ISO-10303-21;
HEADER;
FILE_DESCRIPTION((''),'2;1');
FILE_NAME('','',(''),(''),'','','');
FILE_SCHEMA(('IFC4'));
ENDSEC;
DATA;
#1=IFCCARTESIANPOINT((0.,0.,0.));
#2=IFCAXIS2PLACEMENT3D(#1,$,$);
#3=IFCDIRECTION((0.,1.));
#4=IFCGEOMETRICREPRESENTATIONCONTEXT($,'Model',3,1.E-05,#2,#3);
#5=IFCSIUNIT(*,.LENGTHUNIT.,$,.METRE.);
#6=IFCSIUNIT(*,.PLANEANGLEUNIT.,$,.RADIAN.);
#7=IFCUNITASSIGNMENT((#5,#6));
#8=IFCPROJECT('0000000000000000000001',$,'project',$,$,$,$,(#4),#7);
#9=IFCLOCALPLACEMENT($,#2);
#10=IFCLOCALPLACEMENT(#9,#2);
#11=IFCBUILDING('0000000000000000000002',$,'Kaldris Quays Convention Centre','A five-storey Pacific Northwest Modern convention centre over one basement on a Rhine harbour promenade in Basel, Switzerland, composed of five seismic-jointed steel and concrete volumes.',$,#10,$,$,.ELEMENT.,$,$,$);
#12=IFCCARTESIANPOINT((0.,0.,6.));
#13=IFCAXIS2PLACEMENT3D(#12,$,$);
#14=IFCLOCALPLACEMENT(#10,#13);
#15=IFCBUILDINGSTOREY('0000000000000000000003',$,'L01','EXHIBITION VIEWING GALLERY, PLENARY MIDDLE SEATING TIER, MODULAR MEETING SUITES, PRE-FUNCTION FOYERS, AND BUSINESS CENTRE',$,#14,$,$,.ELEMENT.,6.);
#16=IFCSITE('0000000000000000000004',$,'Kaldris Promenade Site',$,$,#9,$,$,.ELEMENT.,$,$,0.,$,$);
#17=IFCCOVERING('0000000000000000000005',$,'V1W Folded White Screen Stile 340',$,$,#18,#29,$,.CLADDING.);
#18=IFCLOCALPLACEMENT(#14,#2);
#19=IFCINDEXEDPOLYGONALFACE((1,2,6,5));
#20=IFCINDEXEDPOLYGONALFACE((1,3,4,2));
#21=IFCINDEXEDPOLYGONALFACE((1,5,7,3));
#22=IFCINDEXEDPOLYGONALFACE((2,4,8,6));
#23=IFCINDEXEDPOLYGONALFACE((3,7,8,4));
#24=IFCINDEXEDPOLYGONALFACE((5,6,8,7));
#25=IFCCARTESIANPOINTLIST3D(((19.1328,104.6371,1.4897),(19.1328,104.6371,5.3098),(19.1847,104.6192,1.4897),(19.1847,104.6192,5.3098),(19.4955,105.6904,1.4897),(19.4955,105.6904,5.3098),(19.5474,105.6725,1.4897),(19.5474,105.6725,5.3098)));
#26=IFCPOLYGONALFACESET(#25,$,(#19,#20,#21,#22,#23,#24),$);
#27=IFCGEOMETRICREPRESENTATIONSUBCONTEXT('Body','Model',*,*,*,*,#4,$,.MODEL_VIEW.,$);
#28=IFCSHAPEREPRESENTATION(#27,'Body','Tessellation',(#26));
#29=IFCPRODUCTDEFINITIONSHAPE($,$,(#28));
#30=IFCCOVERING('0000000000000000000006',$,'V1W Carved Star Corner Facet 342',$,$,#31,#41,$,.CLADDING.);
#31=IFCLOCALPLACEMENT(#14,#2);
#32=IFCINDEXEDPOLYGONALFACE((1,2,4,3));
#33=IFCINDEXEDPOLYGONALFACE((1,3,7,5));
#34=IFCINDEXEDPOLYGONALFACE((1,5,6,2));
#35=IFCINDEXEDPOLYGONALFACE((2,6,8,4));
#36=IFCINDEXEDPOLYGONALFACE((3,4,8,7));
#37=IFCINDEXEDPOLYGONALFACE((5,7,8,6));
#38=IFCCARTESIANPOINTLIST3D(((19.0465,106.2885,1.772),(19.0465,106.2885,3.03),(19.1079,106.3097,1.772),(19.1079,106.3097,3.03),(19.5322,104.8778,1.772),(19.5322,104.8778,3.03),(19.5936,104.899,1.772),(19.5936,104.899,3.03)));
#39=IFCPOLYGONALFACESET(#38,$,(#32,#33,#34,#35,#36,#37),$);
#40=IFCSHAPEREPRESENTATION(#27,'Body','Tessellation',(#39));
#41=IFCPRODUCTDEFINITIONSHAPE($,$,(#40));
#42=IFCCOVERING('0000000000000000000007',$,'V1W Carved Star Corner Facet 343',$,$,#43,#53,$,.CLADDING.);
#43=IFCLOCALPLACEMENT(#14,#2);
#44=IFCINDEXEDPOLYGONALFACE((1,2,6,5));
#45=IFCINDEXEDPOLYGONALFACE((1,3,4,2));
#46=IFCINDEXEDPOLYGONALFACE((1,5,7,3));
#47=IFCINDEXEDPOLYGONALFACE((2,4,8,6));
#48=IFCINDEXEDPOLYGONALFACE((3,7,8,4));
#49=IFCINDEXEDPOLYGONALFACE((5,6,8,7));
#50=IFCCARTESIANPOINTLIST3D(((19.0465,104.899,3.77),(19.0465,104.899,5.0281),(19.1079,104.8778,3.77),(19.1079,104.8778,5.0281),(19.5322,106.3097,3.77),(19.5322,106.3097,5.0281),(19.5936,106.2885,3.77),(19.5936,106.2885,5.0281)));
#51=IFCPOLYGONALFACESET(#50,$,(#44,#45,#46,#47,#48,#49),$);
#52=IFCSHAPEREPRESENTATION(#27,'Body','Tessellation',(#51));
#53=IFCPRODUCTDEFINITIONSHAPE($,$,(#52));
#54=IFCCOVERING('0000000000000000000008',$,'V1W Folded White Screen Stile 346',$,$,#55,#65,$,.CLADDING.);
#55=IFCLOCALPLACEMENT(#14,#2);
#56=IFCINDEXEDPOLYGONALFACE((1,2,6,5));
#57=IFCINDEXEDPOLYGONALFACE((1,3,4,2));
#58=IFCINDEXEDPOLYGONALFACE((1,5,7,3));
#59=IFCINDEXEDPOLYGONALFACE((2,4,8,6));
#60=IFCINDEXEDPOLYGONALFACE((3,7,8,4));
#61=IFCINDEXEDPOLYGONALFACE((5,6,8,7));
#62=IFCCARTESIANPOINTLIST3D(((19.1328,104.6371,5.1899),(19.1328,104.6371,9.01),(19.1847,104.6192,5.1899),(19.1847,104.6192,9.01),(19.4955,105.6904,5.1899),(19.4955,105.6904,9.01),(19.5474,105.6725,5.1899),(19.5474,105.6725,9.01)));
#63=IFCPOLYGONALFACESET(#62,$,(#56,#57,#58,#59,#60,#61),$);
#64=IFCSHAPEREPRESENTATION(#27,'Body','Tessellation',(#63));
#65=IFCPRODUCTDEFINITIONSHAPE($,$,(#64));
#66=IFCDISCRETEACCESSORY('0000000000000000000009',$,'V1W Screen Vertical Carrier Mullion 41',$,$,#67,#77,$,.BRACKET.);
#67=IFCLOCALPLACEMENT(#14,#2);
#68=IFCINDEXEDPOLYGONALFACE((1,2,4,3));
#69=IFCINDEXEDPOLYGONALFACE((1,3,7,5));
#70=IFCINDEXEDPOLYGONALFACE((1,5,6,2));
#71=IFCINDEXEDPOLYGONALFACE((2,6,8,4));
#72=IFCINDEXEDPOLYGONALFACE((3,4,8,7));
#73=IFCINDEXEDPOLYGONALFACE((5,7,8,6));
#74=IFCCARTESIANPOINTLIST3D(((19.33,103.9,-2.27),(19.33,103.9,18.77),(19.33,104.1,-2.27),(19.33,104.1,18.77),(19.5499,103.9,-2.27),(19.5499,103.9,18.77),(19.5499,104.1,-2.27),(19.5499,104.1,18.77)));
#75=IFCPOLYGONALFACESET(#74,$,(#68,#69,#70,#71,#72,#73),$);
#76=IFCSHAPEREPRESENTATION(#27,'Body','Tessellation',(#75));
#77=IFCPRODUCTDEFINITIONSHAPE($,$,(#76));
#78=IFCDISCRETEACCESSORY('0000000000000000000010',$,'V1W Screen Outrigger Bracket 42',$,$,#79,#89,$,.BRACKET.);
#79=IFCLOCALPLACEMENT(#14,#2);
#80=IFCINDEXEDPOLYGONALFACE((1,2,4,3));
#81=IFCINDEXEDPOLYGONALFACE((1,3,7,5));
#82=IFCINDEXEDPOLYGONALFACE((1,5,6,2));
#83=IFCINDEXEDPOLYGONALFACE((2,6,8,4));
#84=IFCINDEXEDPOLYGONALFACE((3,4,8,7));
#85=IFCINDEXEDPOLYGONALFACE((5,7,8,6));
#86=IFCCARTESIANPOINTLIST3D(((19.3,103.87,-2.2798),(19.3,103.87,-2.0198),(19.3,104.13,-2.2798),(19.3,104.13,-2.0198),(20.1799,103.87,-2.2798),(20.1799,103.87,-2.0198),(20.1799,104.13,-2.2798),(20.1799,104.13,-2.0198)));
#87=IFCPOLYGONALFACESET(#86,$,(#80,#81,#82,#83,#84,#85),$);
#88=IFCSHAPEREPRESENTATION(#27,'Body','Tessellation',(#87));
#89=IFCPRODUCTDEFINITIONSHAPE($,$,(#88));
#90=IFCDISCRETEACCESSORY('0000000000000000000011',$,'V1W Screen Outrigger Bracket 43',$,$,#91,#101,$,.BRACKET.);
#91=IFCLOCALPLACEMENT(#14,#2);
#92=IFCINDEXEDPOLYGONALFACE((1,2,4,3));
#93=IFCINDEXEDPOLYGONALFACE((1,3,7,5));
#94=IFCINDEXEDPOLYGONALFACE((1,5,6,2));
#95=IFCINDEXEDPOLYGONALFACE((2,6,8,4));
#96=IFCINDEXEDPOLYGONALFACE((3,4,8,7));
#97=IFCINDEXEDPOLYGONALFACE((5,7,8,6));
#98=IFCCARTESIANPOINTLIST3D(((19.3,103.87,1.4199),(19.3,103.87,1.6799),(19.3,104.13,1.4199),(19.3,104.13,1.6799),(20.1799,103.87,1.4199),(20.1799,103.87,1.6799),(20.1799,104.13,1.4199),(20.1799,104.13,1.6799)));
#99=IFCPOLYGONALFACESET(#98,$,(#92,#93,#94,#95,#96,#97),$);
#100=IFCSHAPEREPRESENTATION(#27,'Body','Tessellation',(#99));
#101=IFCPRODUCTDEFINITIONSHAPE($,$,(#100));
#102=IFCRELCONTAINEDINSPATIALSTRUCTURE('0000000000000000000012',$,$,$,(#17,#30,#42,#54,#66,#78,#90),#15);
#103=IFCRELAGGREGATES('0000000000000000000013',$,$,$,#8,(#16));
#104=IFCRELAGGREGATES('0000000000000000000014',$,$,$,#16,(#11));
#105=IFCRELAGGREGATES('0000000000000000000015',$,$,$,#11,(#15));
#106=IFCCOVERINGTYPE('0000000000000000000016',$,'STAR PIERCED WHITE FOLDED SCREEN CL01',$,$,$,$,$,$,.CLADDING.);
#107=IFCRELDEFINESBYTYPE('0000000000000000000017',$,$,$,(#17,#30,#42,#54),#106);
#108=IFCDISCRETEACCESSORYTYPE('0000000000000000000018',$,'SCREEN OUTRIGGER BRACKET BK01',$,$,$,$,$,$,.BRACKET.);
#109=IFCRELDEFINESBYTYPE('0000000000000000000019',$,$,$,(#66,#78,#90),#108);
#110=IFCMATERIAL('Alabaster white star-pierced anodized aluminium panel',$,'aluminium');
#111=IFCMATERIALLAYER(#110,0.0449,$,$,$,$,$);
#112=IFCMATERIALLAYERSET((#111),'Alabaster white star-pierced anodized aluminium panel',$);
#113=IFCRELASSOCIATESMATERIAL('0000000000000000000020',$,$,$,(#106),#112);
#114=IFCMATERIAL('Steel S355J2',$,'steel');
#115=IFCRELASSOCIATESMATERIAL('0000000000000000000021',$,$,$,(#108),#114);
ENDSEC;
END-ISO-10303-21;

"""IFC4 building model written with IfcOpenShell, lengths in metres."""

from ifc_helpers import new_model, si_unit, direction, frame, origin, origin_2d, place, context, subcontext, project, spatial, rectangle, extrude, material, layer, layer_set, type_object, element, save


model = new_model("IFC4")

# Units and contexts
model_context = context("Model", 3, precision=1e-05, world=origin(), true_north=direction((0.0, 1.0)))
body_context = subcontext(model_context, "Body", "Model", "MODEL_VIEW")
ifc_project = project(units=[si_unit("LENGTHUNIT", "METRE"), si_unit("PLANEANGLEUNIT", "RADIAN")], contexts=[model_context])

# Site, building, storey
site_placement = place(None, origin())
site = spatial("IfcSite", under=ifc_project, at=site_placement, Name="Kaldris Promenade Site", CompositionType="ELEMENT", RefElevation=0.0)
building_placement = place(site_placement, origin())
building = spatial("IfcBuilding", under=site, at=building_placement, Name="Kaldris Quays Convention Centre", Description="A five-storey Pacific Northwest Modern convention centre over one basement on a Rhine harbour promenade in Basel, Switzerland, composed of five seismic-jointed steel and concrete volumes.", CompositionType="ELEMENT")
storey_placement = place(building_placement, frame((0.0, 0.0, 6.0)))
storey = spatial("IfcBuildingStorey", under=building, at=storey_placement, Name="L01", Description="EXHIBITION VIEWING GALLERY, PLENARY MIDDLE SEATING TIER, MODULAR MEETING SUITES, PRE-FUNCTION FOYERS, AND BUSINESS CENTRE", CompositionType="ELEMENT", Elevation=6.0)

# Coverings
ifc_material_1 = material(Name="Alabaster white star-pierced anodized aluminium panel", Category="aluminium")
ifc_layer = layer(ifc_material_1, 0.0449)
ifc_layer_set = layer_set([ifc_layer], Name="Alabaster white star-pierced anodized aluminium panel")
covering_type = type_object("IfcCoveringType", Name="STAR PIERCED WHITE FOLDED SCREEN CL01", PredefinedType="CLADDING", material=ifc_layer_set)
covering_1_placement = place(storey_placement, frame((19.3401, 105.1548, 1.4897), z_axis=(0.0, 0.0, 1.0), x_axis=(0.325568, 0.945519, 0.0)))
element("IfcCovering", 1, at=covering_1_placement, inside=storey, type_object=covering_type, Name="V1W Folded White Screen Stile 340", PredefinedType="CLADDING", context=body_context, shape_type="SweptSolid", body=[
    extrude(rectangle(XDim=1.114, YDim=0.0549, at=origin_2d()), origin(), (0.0, 0.0, 1.0), 3.8201),
])
for number, where, z_axis, x_axis, name in (
    (2, (19.3201, 105.5938, 1.772), (0.0, 0.0, 1.0), (-0.325568, 0.945519, 0.0), "V1W Carved Star Corner Facet 342"),
    (3, (19.3201, 105.5938, 3.77), (0.0, 0.0, 1.0), (0.325568, 0.945519, 0.0), "V1W Carved Star Corner Facet 343"),
):
    element("IfcCovering", number, at=place(storey_placement, frame(where, z_axis=z_axis, x_axis=x_axis)), inside=storey, type_object=covering_type, Name=name, PredefinedType="CLADDING", context=body_context, shape_type="SweptSolid", body=[
        extrude(rectangle(XDim=1.4919, YDim=0.0649, at=origin_2d()), origin(), (0.0, 0.0, 1.0), 1.2581),
    ])
covering_2_placement = place(storey_placement, frame((19.3401, 105.1548, 5.1899), z_axis=(0.0, 0.0, 1.0), x_axis=(0.325568, 0.945519, 0.0)))
element("IfcCovering", 4, at=covering_2_placement, inside=storey, type_object=covering_type, Name="V1W Folded White Screen Stile 346", PredefinedType="CLADDING", context=body_context, shape_type="SweptSolid", body=[
    extrude(rectangle(XDim=1.114, YDim=0.0549, at=origin_2d()), origin(), (0.0, 0.0, 1.0), 3.8201),
])

# Discrete accessories
ifc_material_2 = material(Name="Steel S355J2", Category="steel")
discrete_accessory_type = type_object("IfcDiscreteAccessoryType", Name="SCREEN OUTRIGGER BRACKET BK01", PredefinedType="BRACKET", material=ifc_material_2)
discrete_accessory_placement = place(storey_placement, frame((19.4399, 104.0, -2.27), z_axis=(0.0, 0.0, 1.0), x_axis=(0.0, 1.0, 0.0)))
element("IfcDiscreteAccessory", 5, at=discrete_accessory_placement, inside=storey, type_object=discrete_accessory_type, Name="V1W Screen Vertical Carrier Mullion 41", PredefinedType="BRACKET", context=body_context, shape_type="SweptSolid", body=[
    extrude(rectangle(XDim=0.2, YDim=0.22, at=origin_2d()), origin(), (0.0, 0.0, 1.0), 21.04),
])
for number, where, z_axis, x_axis, name in (
    (6, (19.74, 104.0, -2.2798), (0.0, 0.0, 1.0), (0.0, 1.0, 0.0), "V1W Screen Outrigger Bracket 42"),
    (7, (19.74, 104.0, 1.4199), (0.0, 0.0, 1.0), (0.0, 1.0, 0.0), "V1W Screen Outrigger Bracket 43"),
):
    element("IfcDiscreteAccessory", number, at=place(storey_placement, frame(where, z_axis=z_axis, x_axis=x_axis)), inside=storey, type_object=discrete_accessory_type, Name=name, PredefinedType="BRACKET", context=body_context, shape_type="SweptSolid", body=[
        extrude(rectangle(XDim=0.26, YDim=0.8799, at=origin_2d()), origin(), (0.0, 0.0, 1.0), 0.26),
    ])

save(model, "model.ifc")
